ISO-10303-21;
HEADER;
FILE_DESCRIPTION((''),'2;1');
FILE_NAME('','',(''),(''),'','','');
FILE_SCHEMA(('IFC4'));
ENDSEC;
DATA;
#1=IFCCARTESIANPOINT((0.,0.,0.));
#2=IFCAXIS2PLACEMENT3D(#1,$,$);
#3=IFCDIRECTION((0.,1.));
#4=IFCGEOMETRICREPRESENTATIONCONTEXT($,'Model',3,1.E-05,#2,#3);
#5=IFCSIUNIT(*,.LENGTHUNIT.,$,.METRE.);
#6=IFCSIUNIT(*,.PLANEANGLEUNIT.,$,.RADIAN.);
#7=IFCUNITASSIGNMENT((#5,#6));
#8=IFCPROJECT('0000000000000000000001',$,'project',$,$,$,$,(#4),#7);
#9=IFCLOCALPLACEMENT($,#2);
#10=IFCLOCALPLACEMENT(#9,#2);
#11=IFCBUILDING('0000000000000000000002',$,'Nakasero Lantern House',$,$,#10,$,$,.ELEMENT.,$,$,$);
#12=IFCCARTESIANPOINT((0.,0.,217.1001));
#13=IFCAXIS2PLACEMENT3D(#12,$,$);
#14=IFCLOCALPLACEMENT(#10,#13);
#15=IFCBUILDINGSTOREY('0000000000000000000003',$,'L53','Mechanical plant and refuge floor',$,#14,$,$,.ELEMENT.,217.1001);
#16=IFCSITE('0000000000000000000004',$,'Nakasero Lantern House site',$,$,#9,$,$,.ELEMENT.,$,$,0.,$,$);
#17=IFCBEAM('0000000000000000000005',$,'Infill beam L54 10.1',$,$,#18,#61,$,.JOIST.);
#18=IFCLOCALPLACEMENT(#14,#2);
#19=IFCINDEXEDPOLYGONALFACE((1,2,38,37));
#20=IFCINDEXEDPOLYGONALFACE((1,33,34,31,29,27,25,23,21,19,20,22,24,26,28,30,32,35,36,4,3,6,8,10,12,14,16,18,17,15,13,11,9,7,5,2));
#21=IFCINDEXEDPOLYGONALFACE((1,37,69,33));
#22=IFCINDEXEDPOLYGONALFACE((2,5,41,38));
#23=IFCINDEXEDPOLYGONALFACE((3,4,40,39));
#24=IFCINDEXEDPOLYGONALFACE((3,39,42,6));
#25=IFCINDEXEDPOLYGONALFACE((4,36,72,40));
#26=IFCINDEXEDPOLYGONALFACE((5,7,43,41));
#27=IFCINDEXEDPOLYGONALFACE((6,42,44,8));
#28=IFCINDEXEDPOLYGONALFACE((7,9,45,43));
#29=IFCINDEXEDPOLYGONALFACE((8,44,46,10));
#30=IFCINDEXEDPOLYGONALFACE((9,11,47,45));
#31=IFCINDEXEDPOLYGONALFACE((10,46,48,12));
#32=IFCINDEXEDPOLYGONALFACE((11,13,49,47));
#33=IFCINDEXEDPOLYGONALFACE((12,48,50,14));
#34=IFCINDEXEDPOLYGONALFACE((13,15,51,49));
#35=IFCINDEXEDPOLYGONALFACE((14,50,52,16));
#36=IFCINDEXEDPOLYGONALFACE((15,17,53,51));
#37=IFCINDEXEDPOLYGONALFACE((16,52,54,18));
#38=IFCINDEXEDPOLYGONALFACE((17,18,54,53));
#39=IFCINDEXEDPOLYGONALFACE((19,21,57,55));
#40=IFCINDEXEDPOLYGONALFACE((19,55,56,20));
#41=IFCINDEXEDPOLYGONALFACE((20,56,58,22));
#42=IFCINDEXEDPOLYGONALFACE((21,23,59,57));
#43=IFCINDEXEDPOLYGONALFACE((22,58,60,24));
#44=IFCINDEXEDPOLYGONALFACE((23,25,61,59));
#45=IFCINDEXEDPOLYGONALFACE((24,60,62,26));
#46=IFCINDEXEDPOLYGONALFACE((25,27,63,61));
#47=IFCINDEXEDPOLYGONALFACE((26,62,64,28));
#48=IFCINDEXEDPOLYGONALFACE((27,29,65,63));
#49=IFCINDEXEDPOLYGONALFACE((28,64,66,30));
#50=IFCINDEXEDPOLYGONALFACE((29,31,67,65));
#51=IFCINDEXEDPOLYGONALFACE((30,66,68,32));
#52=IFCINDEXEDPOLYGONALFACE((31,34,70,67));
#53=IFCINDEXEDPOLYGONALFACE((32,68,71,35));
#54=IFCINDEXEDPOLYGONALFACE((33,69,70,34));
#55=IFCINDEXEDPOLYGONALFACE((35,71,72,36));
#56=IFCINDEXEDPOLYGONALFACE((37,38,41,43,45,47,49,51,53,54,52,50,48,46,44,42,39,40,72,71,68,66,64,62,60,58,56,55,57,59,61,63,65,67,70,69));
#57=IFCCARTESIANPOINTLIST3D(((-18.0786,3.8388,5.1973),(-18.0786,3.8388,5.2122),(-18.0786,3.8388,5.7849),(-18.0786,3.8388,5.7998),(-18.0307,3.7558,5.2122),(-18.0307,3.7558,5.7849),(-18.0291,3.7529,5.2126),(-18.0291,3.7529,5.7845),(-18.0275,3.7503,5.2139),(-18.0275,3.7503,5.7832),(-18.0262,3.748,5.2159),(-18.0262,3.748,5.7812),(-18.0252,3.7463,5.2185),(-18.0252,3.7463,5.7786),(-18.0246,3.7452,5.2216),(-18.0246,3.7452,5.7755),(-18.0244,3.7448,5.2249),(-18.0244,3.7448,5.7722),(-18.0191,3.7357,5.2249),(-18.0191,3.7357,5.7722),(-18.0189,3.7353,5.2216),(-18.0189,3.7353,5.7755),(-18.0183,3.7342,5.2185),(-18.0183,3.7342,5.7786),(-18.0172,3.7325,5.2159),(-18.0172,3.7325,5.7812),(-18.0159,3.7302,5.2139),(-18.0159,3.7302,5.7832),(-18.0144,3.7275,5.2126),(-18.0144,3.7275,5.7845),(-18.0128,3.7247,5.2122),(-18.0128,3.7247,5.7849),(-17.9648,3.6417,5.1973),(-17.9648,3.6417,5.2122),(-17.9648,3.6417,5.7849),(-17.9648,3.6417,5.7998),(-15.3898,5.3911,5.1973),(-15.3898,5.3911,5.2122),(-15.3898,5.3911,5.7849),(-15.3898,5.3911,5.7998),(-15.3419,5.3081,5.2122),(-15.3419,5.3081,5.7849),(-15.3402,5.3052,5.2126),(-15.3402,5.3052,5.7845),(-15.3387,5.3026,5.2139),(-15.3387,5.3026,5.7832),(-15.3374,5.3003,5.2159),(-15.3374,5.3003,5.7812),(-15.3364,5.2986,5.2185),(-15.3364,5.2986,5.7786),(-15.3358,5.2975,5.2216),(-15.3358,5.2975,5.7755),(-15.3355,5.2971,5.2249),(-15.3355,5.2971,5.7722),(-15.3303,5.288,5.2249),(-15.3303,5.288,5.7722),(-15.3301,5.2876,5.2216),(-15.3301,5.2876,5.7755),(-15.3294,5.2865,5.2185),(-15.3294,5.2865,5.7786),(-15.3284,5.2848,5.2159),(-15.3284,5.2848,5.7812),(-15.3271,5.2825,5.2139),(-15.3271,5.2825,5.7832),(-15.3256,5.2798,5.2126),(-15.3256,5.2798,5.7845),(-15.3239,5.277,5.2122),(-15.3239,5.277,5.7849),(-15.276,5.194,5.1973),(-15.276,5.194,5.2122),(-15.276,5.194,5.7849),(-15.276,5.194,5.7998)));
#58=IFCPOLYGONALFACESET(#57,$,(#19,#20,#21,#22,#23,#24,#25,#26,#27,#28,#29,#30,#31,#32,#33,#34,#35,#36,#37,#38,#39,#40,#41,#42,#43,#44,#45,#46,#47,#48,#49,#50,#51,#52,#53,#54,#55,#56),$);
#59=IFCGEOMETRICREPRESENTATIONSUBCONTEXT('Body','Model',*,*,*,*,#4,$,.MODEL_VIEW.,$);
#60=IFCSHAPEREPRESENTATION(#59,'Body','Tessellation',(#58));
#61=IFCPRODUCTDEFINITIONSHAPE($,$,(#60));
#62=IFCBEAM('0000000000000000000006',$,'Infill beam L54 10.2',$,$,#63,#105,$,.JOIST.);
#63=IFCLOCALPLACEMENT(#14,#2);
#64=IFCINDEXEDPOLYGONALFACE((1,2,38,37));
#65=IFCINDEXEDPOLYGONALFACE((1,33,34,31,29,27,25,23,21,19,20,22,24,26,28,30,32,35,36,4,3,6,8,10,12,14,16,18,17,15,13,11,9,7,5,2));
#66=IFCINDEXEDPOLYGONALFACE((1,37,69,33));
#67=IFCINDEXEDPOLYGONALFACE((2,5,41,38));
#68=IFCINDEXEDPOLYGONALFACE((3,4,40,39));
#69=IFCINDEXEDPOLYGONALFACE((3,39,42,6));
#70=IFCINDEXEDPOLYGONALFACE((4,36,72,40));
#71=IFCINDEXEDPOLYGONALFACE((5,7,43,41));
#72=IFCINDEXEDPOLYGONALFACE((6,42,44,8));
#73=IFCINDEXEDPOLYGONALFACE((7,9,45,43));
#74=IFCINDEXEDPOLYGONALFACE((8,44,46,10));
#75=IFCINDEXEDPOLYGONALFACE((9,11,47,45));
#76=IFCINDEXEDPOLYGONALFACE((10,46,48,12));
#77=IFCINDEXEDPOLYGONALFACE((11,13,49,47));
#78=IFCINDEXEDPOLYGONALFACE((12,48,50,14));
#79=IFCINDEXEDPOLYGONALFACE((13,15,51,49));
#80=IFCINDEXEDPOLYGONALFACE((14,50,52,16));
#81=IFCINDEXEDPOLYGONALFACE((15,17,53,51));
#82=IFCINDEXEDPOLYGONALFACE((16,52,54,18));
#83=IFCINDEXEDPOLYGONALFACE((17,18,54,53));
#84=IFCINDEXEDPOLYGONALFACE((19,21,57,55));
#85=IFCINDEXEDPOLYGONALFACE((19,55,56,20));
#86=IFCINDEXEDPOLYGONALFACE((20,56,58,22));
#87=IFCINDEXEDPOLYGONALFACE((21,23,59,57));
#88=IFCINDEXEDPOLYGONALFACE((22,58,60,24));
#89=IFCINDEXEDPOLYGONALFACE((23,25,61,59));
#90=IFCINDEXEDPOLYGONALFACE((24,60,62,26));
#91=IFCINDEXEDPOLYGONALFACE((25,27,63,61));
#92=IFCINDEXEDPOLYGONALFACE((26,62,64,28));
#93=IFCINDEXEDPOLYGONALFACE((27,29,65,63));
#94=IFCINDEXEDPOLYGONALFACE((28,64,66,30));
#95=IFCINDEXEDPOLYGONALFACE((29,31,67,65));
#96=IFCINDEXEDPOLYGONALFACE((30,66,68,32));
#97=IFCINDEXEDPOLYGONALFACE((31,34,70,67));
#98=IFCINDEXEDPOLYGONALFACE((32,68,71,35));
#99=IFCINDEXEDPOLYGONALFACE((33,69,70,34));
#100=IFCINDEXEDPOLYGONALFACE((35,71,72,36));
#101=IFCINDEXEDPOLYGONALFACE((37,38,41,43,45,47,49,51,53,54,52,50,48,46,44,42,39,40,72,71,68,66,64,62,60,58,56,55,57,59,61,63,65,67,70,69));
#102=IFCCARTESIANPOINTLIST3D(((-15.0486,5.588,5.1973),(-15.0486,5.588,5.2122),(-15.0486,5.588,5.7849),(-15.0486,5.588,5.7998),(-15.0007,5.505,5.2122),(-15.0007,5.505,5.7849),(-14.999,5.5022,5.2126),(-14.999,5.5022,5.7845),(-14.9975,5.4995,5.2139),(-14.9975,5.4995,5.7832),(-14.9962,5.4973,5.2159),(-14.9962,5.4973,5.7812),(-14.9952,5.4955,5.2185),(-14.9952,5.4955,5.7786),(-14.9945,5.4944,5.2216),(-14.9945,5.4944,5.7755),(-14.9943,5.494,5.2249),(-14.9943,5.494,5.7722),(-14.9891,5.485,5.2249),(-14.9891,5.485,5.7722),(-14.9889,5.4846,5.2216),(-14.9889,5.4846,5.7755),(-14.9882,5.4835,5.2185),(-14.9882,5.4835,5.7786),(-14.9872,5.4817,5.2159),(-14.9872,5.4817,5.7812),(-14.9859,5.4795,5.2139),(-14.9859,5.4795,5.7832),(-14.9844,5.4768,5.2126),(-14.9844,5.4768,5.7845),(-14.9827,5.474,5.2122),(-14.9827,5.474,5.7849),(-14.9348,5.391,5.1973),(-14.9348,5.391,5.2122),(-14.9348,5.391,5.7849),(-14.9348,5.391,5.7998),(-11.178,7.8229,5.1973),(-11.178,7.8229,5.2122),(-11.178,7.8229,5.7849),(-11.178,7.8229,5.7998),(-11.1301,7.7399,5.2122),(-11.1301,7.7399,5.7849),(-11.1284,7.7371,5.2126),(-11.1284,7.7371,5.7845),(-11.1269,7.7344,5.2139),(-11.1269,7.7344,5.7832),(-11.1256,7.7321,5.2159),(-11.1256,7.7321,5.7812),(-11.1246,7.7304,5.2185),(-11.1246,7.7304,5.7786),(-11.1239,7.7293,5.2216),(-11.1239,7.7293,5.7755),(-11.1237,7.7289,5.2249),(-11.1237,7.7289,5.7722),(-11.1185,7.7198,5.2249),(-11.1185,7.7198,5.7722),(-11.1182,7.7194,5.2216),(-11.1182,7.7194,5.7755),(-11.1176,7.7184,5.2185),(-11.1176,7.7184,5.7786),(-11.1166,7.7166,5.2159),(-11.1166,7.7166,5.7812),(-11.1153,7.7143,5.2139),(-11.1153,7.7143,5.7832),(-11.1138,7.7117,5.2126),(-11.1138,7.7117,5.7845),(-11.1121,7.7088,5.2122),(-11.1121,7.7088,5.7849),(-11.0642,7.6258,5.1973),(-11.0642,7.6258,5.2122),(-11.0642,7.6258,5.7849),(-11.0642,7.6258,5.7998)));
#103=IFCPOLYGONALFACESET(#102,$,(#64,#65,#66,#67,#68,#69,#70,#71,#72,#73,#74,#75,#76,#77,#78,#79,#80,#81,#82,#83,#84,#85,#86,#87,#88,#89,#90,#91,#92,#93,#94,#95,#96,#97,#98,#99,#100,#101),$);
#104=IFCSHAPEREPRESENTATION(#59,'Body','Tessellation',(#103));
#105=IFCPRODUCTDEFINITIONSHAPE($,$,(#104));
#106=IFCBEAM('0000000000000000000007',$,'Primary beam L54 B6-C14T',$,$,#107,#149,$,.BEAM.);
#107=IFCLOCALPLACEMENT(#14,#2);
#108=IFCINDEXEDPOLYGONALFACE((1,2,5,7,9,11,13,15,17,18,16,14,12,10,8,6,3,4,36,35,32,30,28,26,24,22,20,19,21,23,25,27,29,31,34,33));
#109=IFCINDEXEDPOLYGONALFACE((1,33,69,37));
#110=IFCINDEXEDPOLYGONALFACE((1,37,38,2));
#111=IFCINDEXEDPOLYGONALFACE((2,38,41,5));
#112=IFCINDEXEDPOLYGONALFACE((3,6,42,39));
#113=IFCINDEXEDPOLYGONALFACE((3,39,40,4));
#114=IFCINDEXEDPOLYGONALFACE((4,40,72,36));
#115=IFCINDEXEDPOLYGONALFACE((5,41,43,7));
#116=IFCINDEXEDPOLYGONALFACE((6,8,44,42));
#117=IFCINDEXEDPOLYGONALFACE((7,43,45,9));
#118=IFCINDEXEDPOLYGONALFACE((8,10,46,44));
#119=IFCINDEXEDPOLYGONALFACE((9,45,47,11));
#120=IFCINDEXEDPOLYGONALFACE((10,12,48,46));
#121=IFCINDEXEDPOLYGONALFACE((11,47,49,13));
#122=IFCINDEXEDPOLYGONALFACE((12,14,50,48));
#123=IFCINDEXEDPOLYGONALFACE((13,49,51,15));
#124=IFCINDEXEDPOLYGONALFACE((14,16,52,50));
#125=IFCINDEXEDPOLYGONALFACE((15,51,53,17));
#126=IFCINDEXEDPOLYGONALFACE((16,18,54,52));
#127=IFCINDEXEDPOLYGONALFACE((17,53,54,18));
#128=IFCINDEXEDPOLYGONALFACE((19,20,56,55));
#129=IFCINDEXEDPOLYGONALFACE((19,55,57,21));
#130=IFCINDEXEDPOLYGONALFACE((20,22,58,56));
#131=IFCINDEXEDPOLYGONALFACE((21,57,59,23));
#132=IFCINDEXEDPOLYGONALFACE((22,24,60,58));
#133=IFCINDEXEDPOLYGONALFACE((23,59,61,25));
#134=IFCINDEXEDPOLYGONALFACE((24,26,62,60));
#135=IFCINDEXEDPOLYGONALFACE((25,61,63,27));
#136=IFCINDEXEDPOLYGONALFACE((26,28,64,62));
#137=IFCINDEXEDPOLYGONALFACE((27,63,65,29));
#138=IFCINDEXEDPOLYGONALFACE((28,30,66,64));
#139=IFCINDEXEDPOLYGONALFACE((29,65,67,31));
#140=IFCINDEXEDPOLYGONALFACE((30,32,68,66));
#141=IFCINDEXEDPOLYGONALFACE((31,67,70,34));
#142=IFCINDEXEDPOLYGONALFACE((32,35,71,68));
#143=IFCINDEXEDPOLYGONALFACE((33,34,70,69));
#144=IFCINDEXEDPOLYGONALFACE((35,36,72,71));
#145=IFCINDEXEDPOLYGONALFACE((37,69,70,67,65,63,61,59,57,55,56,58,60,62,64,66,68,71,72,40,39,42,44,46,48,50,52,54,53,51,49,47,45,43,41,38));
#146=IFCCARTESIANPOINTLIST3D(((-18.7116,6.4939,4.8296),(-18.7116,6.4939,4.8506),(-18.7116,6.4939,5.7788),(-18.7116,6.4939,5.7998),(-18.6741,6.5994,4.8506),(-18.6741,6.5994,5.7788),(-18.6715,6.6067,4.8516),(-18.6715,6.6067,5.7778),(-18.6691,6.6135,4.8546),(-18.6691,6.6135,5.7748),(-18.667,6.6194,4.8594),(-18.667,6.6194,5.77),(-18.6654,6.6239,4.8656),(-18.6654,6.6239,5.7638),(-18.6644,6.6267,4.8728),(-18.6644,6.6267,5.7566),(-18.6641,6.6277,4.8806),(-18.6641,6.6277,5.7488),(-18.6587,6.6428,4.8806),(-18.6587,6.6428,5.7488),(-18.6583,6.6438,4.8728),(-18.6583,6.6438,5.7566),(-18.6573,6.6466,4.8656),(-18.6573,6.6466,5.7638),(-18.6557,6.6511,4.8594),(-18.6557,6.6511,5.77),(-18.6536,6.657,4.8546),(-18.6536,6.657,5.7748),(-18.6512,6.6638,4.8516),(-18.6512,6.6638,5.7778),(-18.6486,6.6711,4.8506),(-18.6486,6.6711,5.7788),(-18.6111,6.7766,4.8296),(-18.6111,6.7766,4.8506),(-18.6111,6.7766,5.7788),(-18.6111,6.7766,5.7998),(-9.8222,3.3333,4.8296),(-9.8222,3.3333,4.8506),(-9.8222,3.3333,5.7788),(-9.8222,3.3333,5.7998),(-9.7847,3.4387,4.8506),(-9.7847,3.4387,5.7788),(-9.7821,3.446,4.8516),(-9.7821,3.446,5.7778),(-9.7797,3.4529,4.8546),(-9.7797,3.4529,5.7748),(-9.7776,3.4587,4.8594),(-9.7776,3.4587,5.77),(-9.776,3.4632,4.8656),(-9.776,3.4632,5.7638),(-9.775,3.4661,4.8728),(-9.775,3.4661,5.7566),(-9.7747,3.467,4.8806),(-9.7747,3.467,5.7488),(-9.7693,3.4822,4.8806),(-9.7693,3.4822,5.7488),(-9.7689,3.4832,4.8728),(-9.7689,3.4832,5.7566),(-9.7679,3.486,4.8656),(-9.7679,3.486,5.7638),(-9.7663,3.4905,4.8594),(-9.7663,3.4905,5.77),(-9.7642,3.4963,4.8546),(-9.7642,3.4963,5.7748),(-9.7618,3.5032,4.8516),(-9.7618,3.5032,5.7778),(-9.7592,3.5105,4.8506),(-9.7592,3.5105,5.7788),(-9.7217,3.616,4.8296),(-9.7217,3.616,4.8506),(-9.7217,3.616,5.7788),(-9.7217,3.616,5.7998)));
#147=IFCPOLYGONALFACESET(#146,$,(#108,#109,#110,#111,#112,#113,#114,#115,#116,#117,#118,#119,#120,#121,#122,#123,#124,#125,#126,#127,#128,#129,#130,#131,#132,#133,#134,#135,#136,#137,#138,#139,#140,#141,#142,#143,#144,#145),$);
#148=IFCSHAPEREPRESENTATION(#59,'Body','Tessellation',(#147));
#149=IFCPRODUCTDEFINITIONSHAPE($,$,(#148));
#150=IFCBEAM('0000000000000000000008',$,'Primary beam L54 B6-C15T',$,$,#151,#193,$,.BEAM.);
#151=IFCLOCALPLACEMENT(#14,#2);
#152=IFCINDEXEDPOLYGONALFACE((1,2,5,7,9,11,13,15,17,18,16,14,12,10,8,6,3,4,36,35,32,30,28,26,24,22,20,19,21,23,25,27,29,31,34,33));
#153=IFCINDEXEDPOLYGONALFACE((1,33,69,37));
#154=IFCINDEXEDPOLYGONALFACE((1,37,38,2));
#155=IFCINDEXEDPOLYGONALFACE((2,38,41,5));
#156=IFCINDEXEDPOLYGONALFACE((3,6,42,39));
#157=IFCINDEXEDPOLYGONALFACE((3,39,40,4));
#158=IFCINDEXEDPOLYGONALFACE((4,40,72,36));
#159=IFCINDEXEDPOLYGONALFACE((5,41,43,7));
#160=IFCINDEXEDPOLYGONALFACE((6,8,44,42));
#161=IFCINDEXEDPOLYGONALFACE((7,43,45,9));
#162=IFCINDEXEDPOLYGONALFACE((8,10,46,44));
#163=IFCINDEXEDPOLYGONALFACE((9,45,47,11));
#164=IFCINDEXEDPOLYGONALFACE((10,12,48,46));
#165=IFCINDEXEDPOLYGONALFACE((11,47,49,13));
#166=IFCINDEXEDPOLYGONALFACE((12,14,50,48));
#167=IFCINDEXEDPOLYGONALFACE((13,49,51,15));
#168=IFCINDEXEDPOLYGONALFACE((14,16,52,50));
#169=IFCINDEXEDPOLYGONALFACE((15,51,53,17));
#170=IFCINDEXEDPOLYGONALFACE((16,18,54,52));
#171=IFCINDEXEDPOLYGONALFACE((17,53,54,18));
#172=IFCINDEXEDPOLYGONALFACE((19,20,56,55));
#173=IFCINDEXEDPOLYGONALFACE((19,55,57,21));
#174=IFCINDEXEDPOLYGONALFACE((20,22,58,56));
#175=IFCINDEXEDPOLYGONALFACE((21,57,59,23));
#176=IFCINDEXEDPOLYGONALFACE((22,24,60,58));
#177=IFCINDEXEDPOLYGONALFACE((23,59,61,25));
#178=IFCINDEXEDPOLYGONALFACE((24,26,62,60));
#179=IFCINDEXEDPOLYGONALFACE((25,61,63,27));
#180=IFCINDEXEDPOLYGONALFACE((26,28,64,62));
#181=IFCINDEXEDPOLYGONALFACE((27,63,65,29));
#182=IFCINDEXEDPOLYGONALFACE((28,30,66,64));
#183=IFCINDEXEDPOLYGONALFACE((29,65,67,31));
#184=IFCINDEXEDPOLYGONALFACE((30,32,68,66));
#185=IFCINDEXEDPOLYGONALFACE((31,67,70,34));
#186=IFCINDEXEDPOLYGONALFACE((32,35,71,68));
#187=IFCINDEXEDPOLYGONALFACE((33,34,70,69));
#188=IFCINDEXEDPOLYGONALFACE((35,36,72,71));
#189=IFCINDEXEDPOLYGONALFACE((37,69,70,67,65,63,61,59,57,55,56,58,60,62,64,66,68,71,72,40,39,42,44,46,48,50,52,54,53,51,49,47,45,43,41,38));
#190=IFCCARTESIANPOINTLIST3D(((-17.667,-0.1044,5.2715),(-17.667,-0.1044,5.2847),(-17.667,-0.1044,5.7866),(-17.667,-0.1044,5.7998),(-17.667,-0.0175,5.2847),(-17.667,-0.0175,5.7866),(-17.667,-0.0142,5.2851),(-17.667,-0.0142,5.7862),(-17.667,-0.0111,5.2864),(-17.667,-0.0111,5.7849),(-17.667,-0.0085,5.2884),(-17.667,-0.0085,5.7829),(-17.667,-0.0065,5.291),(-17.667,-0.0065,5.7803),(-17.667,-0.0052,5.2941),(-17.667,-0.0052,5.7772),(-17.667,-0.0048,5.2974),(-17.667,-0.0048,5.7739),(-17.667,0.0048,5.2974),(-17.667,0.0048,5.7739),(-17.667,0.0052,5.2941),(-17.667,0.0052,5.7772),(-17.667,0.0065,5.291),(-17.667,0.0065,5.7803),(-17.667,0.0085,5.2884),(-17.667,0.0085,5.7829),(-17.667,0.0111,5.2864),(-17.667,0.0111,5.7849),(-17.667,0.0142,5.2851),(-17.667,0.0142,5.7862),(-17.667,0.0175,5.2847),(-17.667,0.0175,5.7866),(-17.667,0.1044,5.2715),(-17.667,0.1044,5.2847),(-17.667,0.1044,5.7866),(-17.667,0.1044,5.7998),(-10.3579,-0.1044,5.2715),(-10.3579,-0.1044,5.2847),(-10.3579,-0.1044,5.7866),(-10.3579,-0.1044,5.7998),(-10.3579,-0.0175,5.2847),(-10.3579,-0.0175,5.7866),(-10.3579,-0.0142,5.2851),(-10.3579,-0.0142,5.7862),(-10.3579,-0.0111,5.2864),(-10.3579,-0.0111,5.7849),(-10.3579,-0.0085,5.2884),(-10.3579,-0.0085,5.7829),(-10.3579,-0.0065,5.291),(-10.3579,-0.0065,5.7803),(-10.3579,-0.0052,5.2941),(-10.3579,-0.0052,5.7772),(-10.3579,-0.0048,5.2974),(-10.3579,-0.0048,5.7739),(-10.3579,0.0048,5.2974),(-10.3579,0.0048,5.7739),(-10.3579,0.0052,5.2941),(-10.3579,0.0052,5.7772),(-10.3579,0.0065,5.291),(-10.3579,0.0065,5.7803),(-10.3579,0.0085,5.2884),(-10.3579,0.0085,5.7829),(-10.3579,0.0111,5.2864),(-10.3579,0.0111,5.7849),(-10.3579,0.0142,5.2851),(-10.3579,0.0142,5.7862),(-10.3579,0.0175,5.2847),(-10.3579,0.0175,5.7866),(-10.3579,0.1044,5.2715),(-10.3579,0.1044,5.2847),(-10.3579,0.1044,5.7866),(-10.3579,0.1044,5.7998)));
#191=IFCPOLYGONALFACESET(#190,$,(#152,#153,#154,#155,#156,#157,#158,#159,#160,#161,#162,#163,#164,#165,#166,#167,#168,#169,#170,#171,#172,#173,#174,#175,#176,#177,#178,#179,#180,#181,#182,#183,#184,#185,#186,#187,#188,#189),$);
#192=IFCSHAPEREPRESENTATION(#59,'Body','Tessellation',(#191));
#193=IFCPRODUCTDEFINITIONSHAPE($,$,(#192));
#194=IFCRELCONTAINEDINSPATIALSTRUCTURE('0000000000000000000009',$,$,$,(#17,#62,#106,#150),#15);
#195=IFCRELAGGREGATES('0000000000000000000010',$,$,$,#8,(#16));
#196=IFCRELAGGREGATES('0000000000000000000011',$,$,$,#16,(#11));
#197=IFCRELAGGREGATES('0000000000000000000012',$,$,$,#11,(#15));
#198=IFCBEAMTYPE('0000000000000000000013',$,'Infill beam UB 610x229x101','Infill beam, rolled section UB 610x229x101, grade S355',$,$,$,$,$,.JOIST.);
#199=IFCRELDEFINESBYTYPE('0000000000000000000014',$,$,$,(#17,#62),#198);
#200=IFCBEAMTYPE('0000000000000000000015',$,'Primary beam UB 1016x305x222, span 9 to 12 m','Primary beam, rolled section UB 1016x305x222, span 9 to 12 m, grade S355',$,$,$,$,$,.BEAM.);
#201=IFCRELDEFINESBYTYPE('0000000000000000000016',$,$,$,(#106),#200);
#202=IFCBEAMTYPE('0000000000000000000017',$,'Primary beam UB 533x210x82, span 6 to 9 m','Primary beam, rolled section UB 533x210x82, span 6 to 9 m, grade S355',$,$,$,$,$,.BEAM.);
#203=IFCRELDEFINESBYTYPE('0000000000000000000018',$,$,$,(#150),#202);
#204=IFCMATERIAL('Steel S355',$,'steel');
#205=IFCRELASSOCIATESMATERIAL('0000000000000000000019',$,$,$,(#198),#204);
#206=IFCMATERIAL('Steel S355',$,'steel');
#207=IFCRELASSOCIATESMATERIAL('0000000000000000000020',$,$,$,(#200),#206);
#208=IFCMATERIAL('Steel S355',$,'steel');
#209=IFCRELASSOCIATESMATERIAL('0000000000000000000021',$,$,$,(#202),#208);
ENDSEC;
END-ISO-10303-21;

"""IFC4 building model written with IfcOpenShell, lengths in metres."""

from ifc_helpers import new_model, si_unit, direction, frame, origin, origin_2d, place, context, subcontext, project, spatial, i_section, extrude, material, material_profile, profile_set, type_object, element, save


model = new_model("IFC4")

# Units and contexts
model_context = context("Model", 3, precision=1e-05, world=origin(), true_north=direction((0.0, 1.0)))
body_context = subcontext(model_context, "Body", "Model", "MODEL_VIEW")
ifc_project = project(units=[si_unit("LENGTHUNIT", "METRE"), si_unit("PLANEANGLEUNIT", "RADIAN")], contexts=[model_context])

# Site, building, storey
site_placement = place(None, origin())
site = spatial("IfcSite", under=ifc_project, at=site_placement, Name="Nakasero Lantern House site", CompositionType="ELEMENT", RefElevation=0.0)
building_placement = place(site_placement, origin())
building = spatial("IfcBuilding", under=site, at=building_placement, Name="Nakasero Lantern House", CompositionType="ELEMENT")
storey_placement = place(building_placement, frame((0.0, 0.0, 217.1001)))
storey = spatial("IfcBuildingStorey", under=building, at=storey_placement, Name="L53", Description="Mechanical plant and refuge floor", CompositionType="ELEMENT", Elevation=217.1001)

# Beams
ifc_material_1 = material(Name="Steel S355", Category="steel")
ifc_material_profile_1 = material_profile(ifc_material_1, i_section(OverallWidth=0.2275, OverallDepth=0.6025, WebThickness=0.0105, FlangeThickness=0.0149, FilletRadius=0.0127, at=origin_2d()), Name="UB 610x229x101")
ifc_profile_set_1 = profile_set([ifc_material_profile_1], Name="Steel S355")
beam_type_1 = type_object("IfcBeamType", Name="Infill beam UB 610x229x101", Description="Infill beam, rolled section UB 610x229x101, grade S355", PredefinedType="JOIST", material=ifc_profile_set_1)
beam_1_placement = place(storey_placement, frame((-18.0217, 3.7402, 5.4985), z_axis=(0.866038, 0.499979, 0.0), x_axis=(-0.499979, 0.866038, 0.0)))
element("IfcBeam", 1, at=beam_1_placement, inside=storey, type_object=beam_type_1, Name="Infill beam L54 10.1", PredefinedType="JOIST", context=body_context, shape_type="SweptSolid", body=[
    extrude(i_section(OverallWidth=0.2275, OverallDepth=0.6025, WebThickness=0.0105, FlangeThickness=0.0149, FilletRadius=0.0127, at=origin_2d()), origin(), (0.0, 0.0, 1.0), 3.1047),
])
beam_2_placement = place(storey_placement, frame((-14.9917, 5.4895, 5.4985), z_axis=(0.866009, 0.500028, 0.0), x_axis=(-0.500028, 0.866009, 0.0)))
element("IfcBeam", 2, at=beam_2_placement, inside=storey, type_object=beam_type_1, Name="Infill beam L54 10.2", PredefinedType="JOIST", context=body_context, shape_type="SweptSolid", body=[
    extrude(i_section(OverallWidth=0.2275, OverallDepth=0.6025, WebThickness=0.0105, FlangeThickness=0.0149, FilletRadius=0.0127, at=origin_2d()), origin(), (0.0, 0.0, 1.0), 4.4695),
])
ifc_material_2 = material(Name="Steel S355", Category="steel")
ifc_material_profile_2 = material_profile(ifc_material_2, i_section(OverallWidth=0.3, OverallDepth=0.9702, WebThickness=0.0161, FlangeThickness=0.021, FilletRadius=0.03, at=origin_2d()), Name="UB 1016x305x222")
ifc_profile_set_2 = profile_set([ifc_material_profile_2], Name="Steel S355")
beam_type_2 = type_object("IfcBeamType", Name="Primary beam UB 1016x305x222, span 9 to 12 m", Description="Primary beam, rolled section UB 1016x305x222, span 9 to 12 m, grade S355", PredefinedType="BEAM", material=ifc_profile_set_2)
beam_3_placement = place(storey_placement, frame((-18.6614, 6.6353, 5.3147), z_axis=(0.942216, -0.335007, 0.0), x_axis=(0.335007, 0.942216, 0.0)))
element("IfcBeam", 3, at=beam_3_placement, inside=storey, type_object=beam_type_2, Name="Primary beam L54 B6-C14T", PredefinedType="BEAM", context=body_context, shape_type="SweptSolid", body=[
    extrude(i_section(OverallWidth=0.3, OverallDepth=0.9702, WebThickness=0.0161, FlangeThickness=0.021, FilletRadius=0.03, at=origin_2d()), origin(), (0.0, 0.0, 1.0), 9.4346),
])
ifc_material_3 = material(Name="Steel S355", Category="steel")
ifc_material_profile_3 = material_profile(ifc_material_3, i_section(OverallWidth=0.2087, OverallDepth=0.5283, WebThickness=0.0095, FlangeThickness=0.0132, FilletRadius=0.0127, at=origin_2d()), Name="UB 533x210x82")
ifc_profile_set_3 = profile_set([ifc_material_profile_3], Name="Steel S355")
beam_type_3 = type_object("IfcBeamType", Name="Primary beam UB 533x210x82, span 6 to 9 m", Description="Primary beam, rolled section UB 533x210x82, span 6 to 9 m, grade S355", PredefinedType="BEAM", material=ifc_profile_set_3)
beam_4_placement = place(storey_placement, frame((-17.667, 0.0, 5.5356), z_axis=(1.0, 0.0, 0.0), x_axis=(0.0, 1.0, 0.0)))
element("IfcBeam", 4, at=beam_4_placement, inside=storey, type_object=beam_type_3, Name="Primary beam L54 B6-C15T", PredefinedType="BEAM", context=body_context, shape_type="SweptSolid", body=[
    extrude(i_section(OverallWidth=0.2087, OverallDepth=0.5283, WebThickness=0.0095, FlangeThickness=0.0132, FilletRadius=0.0127, at=origin_2d()), origin(), (0.0, 0.0, 1.0), 7.3091),
])

save(model, "model.ifc")
